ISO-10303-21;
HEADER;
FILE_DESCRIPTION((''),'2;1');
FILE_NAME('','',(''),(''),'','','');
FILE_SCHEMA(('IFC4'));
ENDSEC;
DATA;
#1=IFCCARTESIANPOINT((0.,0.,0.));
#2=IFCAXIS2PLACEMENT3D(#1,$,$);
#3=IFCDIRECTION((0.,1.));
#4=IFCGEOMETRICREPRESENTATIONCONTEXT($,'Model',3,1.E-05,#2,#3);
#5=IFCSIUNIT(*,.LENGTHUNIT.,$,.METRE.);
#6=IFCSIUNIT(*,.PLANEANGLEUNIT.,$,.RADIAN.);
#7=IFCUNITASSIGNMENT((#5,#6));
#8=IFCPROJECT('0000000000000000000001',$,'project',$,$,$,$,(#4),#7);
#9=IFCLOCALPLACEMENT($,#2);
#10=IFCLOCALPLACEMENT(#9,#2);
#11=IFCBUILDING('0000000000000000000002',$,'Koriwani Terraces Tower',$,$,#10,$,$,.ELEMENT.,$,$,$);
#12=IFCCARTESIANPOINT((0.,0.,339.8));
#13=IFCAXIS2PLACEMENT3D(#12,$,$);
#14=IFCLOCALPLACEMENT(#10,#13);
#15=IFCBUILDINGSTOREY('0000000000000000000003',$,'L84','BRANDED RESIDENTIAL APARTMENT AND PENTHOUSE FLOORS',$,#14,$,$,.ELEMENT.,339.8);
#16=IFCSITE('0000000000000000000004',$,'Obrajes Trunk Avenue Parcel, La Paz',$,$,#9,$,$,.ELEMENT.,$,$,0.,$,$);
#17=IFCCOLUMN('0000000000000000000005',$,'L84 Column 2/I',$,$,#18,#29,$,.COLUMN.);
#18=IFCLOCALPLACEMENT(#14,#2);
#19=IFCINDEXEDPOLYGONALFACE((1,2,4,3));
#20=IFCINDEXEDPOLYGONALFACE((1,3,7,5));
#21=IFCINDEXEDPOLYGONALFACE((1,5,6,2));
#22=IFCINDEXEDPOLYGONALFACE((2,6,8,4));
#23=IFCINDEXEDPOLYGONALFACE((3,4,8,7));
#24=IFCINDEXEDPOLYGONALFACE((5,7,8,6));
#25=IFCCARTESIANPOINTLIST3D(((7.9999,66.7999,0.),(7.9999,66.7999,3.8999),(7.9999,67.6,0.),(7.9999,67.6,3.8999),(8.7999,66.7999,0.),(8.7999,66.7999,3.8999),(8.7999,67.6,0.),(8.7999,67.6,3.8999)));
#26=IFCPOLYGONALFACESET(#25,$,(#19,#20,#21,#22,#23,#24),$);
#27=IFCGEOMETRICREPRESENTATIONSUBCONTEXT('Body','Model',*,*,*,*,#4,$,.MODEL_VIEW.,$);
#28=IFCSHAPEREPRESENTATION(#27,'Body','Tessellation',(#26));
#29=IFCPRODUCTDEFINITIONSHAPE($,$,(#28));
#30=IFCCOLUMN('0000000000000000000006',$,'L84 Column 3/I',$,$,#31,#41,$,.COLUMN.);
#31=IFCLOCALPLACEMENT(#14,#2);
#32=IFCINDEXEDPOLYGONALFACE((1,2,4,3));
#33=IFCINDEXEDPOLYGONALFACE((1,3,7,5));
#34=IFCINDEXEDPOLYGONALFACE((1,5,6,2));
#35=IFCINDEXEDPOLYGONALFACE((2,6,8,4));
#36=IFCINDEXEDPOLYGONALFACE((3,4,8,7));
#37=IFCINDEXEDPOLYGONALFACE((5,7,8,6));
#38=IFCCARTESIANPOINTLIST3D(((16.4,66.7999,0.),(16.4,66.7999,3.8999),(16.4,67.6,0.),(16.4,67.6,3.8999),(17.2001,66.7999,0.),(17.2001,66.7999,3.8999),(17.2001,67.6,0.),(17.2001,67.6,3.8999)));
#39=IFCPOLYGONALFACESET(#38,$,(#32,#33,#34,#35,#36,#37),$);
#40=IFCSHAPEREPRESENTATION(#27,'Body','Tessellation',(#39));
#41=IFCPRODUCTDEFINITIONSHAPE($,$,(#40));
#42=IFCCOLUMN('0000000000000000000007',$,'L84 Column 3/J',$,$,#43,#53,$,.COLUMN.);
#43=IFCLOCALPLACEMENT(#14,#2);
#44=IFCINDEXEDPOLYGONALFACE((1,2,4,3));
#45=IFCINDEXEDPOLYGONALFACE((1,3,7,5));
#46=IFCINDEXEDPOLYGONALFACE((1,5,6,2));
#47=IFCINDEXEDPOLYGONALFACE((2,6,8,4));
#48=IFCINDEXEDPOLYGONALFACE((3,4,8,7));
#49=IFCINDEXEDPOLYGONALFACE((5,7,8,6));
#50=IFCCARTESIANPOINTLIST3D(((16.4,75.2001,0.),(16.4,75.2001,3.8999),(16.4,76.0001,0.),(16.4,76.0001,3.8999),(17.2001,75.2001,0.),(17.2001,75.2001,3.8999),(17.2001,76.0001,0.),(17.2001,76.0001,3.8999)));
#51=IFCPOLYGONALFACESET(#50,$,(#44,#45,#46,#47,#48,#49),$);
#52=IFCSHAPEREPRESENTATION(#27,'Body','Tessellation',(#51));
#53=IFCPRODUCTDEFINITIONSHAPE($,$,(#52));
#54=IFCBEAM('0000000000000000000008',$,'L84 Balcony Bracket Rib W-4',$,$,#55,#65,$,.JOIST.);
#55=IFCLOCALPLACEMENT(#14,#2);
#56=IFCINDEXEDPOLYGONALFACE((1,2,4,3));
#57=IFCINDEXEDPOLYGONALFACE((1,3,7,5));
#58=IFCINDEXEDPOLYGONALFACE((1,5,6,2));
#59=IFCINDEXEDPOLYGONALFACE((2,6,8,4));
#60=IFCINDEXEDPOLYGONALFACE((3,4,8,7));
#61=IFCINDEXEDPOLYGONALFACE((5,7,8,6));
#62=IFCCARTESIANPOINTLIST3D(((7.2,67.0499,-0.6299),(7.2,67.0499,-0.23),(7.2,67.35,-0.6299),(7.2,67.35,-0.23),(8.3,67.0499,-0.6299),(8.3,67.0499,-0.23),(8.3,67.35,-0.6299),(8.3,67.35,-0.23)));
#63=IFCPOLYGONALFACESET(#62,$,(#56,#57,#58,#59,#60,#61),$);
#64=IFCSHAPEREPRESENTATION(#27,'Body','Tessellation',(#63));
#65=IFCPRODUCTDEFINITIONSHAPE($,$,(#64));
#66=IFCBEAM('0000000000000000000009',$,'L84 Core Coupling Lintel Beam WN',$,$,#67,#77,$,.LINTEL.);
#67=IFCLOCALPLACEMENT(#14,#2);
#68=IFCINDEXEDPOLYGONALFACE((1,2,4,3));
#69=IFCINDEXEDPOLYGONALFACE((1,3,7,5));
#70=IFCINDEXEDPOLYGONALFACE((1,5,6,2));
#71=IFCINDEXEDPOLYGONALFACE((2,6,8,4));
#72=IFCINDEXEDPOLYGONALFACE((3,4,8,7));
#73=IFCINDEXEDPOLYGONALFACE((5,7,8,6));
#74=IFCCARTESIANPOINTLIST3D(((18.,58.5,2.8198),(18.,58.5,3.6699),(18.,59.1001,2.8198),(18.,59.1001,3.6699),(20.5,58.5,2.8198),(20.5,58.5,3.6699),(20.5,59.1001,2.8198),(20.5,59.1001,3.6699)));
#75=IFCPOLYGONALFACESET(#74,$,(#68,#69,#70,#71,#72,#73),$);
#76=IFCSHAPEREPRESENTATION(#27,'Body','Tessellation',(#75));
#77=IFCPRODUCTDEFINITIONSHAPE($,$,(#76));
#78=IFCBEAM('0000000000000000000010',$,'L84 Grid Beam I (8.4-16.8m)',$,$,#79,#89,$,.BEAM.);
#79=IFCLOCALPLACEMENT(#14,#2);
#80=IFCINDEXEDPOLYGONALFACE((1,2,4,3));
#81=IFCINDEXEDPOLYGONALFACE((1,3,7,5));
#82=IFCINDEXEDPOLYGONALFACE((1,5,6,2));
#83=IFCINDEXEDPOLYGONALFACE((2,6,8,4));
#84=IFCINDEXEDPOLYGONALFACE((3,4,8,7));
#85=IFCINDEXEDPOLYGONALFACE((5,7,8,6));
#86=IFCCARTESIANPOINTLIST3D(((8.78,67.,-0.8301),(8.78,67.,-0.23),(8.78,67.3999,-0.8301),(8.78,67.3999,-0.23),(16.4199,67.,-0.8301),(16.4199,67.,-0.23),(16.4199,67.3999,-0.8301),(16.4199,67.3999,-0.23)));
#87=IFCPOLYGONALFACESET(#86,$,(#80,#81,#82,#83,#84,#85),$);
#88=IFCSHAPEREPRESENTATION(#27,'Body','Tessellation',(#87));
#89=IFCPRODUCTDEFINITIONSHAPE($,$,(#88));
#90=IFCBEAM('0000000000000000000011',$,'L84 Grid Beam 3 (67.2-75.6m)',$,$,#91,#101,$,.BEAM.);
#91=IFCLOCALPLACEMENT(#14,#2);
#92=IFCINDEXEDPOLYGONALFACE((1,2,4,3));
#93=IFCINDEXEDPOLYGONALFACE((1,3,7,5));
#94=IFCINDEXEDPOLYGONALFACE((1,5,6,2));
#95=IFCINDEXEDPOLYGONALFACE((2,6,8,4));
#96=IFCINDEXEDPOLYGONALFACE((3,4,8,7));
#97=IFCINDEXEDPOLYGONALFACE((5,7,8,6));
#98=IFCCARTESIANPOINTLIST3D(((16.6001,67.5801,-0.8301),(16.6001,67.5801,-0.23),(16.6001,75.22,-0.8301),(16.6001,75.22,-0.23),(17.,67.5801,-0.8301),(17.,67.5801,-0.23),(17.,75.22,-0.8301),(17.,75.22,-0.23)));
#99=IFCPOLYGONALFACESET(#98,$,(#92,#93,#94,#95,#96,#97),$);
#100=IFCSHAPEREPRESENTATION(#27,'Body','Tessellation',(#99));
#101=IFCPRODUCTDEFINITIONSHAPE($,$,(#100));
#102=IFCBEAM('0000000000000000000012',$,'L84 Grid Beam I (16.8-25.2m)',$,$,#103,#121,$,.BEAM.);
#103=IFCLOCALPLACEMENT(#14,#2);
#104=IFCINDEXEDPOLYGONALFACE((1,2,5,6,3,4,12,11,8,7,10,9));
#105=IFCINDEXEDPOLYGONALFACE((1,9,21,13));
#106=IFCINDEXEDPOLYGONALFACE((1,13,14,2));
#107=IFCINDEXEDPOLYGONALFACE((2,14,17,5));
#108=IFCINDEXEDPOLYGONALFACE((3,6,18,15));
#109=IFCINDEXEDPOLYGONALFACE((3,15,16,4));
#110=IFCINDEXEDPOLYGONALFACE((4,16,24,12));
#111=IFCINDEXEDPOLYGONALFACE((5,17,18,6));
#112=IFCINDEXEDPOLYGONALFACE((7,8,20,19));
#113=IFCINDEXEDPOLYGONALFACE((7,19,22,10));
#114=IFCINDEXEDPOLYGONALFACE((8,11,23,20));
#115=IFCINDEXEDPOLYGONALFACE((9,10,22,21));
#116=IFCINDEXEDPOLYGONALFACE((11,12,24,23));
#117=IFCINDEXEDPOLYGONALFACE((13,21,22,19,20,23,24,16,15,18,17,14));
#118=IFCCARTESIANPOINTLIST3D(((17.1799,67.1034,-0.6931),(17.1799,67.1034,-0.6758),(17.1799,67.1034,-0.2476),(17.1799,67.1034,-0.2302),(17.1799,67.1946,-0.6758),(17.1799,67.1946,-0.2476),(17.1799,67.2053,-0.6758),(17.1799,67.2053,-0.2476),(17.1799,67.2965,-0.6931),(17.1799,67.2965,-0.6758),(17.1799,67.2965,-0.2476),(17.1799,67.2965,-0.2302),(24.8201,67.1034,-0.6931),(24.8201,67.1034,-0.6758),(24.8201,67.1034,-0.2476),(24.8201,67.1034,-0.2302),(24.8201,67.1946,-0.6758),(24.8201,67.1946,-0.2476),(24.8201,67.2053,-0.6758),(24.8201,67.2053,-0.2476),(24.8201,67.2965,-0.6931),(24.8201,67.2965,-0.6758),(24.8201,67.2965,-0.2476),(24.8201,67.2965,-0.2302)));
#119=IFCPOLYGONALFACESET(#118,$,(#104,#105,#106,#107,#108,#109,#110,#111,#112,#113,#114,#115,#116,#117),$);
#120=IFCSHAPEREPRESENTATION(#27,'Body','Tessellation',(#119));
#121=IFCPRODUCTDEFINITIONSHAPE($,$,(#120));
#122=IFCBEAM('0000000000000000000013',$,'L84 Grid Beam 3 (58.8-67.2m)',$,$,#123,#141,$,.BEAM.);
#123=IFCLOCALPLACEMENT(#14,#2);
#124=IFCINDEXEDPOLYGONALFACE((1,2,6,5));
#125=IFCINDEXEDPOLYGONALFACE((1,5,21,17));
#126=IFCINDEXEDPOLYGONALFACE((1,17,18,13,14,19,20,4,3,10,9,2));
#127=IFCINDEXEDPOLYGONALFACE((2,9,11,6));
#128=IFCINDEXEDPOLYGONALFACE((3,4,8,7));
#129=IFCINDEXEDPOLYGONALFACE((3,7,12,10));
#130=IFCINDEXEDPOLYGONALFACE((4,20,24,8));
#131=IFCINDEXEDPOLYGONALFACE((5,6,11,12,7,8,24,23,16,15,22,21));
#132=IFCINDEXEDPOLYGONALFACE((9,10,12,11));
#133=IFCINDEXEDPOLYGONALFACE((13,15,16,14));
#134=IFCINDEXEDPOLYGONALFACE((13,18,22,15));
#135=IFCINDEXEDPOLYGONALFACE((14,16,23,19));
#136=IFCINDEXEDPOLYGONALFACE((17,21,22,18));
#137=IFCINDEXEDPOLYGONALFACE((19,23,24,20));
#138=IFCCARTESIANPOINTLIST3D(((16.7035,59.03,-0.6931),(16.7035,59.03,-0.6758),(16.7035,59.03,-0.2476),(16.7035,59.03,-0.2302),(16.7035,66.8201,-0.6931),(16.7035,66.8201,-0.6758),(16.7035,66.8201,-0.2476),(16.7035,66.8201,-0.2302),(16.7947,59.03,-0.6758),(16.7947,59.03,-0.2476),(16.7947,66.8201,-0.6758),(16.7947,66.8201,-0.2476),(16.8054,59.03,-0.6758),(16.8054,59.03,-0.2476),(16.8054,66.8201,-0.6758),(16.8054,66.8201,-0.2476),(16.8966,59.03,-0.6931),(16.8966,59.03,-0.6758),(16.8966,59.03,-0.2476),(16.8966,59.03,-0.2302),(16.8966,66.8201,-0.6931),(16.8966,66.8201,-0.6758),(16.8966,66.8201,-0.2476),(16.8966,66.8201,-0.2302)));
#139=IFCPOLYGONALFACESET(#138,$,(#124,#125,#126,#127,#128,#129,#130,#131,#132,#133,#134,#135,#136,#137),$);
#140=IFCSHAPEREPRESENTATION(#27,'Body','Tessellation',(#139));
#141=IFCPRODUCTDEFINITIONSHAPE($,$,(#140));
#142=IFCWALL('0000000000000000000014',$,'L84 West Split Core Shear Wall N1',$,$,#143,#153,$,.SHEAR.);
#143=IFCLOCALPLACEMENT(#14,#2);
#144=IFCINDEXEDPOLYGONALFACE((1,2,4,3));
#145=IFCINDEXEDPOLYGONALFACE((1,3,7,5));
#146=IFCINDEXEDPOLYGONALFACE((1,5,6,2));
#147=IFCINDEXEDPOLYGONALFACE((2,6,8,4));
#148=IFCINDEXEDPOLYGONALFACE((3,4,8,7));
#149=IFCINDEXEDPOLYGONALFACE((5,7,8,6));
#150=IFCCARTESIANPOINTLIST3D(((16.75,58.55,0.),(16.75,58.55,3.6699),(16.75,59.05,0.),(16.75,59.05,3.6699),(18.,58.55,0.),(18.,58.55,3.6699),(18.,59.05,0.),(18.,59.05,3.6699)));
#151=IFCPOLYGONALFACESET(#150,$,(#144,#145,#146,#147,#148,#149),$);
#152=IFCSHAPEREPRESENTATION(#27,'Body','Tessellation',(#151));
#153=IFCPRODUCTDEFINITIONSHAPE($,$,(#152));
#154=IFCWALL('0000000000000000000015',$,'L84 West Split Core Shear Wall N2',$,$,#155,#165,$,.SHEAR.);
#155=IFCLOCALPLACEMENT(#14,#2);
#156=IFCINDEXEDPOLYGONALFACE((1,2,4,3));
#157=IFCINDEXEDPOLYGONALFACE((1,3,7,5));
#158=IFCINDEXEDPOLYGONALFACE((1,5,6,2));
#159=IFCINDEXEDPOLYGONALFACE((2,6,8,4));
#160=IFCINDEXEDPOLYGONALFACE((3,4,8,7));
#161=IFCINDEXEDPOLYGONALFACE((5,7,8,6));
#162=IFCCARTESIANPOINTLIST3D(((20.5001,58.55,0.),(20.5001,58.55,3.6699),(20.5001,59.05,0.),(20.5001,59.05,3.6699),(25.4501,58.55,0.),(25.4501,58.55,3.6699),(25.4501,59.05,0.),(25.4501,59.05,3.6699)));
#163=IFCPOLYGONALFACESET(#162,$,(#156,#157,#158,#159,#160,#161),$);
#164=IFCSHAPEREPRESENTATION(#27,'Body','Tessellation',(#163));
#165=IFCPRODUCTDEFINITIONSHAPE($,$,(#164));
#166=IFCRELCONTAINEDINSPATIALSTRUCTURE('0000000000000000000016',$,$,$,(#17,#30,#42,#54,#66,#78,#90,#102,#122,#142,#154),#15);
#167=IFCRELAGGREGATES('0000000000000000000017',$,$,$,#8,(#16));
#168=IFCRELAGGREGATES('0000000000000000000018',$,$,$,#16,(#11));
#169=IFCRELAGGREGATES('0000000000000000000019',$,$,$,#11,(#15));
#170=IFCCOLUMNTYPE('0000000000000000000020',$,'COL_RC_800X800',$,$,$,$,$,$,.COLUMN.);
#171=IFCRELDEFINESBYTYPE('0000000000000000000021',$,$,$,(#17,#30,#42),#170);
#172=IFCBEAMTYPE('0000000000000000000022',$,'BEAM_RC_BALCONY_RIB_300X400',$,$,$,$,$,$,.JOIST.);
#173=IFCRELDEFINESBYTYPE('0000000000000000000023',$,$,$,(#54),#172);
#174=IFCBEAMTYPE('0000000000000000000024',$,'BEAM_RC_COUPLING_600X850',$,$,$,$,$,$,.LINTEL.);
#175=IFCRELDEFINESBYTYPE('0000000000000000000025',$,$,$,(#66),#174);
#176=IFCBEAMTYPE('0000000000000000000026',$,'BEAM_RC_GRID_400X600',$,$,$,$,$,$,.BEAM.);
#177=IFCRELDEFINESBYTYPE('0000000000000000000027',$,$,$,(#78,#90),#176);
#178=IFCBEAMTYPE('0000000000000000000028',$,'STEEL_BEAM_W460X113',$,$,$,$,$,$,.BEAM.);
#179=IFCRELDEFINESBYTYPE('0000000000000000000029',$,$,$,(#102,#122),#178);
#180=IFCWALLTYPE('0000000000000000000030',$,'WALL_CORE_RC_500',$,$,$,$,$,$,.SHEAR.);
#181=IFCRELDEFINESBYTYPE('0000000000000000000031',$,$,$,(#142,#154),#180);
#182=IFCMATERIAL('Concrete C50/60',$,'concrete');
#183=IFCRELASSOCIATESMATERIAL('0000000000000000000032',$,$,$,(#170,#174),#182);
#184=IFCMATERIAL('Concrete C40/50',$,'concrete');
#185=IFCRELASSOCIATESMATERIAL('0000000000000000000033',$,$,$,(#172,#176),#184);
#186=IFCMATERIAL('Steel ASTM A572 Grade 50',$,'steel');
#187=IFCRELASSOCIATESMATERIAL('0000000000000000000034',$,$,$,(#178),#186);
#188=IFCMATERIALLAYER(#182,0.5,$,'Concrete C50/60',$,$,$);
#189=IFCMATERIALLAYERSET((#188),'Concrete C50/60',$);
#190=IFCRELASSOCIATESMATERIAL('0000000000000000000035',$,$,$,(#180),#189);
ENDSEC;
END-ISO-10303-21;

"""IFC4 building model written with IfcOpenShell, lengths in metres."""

from ifc_helpers import new_model, si_unit, direction, frame, frame_2d, origin, origin_2d, place, context, subcontext, project, spatial, rectangle, i_section, extrude, material, layer, layer_set, material_profile, profile_set, type_object, element, save


model = new_model("IFC4")

# Units and contexts
model_context = context("Model", 3, precision=1e-05, world=origin(), true_north=direction((0.0, 1.0)))
body_context = subcontext(model_context, "Body", "Model", "MODEL_VIEW")
ifc_project = project(units=[si_unit("LENGTHUNIT", "METRE"), si_unit("PLANEANGLEUNIT", "RADIAN")], contexts=[model_context])

# Site, building, storey
site_placement = place(None, origin())
site = spatial("IfcSite", under=ifc_project, at=site_placement, Name="Obrajes Trunk Avenue Parcel, La Paz", CompositionType="ELEMENT", RefElevation=0.0)
building_placement = place(site_placement, origin())
building = spatial("IfcBuilding", under=site, at=building_placement, Name="Koriwani Terraces Tower", CompositionType="ELEMENT")
storey_placement = place(building_placement, frame((0.0, 0.0, 339.8)))
storey = spatial("IfcBuildingStorey", under=building, at=storey_placement, Name="L84", Description="BRANDED RESIDENTIAL APARTMENT AND PENTHOUSE FLOORS", CompositionType="ELEMENT", Elevation=339.8)

# Columns
ifc_material_1 = material(Name="Concrete C50/60", Category="concrete")
ifc_material_profile_1 = material_profile(ifc_material_1, rectangle(XDim=0.8, YDim=0.8, at=origin_2d()), Name="Concrete C50/60", Category="LoadBearing")
ifc_profile_set_1 = profile_set([ifc_material_profile_1], Name="Concrete C50/60")
column_type = type_object("IfcColumnType", Name="COL_RC_800X800", PredefinedType="COLUMN", material=ifc_profile_set_1)
for number, where, z_axis, x_axis, name in (
    (1, (8.3999, 67.2, 0.0), (0.0, 0.0, 1.0), (1.0, 0.0, 0.0), "L84 Column 2/I"),
    (2, (16.8, 67.2, 0.0), (0.0, 0.0, 1.0), (1.0, 0.0, 0.0), "L84 Column 3/I"),
    (3, (16.8, 75.6001, 0.0), (0.0, 0.0, 1.0), (1.0, 0.0, 0.0), "L84 Column 3/J"),
):
    element("IfcColumn", number, at=place(storey_placement, frame(where, z_axis=z_axis, x_axis=x_axis)), inside=storey, type_object=column_type, Name=name, PredefinedType="COLUMN", context=body_context, shape_type="SweptSolid", body=[
        extrude(rectangle(XDim=0.8, YDim=0.8, at=origin_2d()), origin(), (0.0, 0.0, 1.0), 3.8999),
    ])

# Beams
ifc_material_2 = material(Name="Concrete C40/50", Category="concrete")
ifc_material_profile_2 = material_profile(ifc_material_2, rectangle(XDim=0.3, YDim=0.3999, at=origin_2d()), Name="Concrete C40/50", Category="LoadBearing")
ifc_profile_set_2 = profile_set([ifc_material_profile_2], Name="Concrete C40/50")
beam_type_1 = type_object("IfcBeamType", Name="BEAM_RC_BALCONY_RIB_300X400", PredefinedType="JOIST", material=ifc_profile_set_2)
beam_1_placement = place(storey_placement, frame((7.2, 67.2, -0.4299), z_axis=(1.0, 0.0, 0.0), x_axis=(0.0, 1.0, 0.0)))
element("IfcBeam", 4, at=beam_1_placement, inside=storey, type_object=beam_type_1, Name="L84 Balcony Bracket Rib W-4", PredefinedType="JOIST", context=body_context, shape_type="SweptSolid", body=[
    extrude(rectangle(XDim=0.3, YDim=0.3999, at=origin_2d()), origin(), (0.0, 0.0, 1.0), 1.1001),
])
ifc_material_profile_3 = material_profile(ifc_material_1, rectangle(XDim=0.6001, YDim=0.8501, at=origin_2d()), Name="Concrete C50/60", Category="LoadBearing")
ifc_profile_set_3 = profile_set([ifc_material_profile_3], Name="Concrete C50/60")
beam_type_2 = type_object("IfcBeamType", Name="BEAM_RC_COUPLING_600X850", PredefinedType="LINTEL", material=ifc_profile_set_3)
beam_2_placement = place(storey_placement, frame((18.0, 58.8, 3.2449), z_axis=(1.0, 0.0, 0.0), x_axis=(0.0, 1.0, 0.0)))
element("IfcBeam", 5, at=beam_2_placement, inside=storey, type_object=beam_type_2, Name="L84 Core Coupling Lintel Beam WN", PredefinedType="LINTEL", context=body_context, shape_type="SweptSolid", body=[
    extrude(rectangle(XDim=0.6001, YDim=0.8501, at=origin_2d()), origin(), (0.0, 0.0, 1.0), 2.5),
])
ifc_material_profile_4 = material_profile(ifc_material_2, rectangle(XDim=0.3999, YDim=0.6001, at=origin_2d()), Name="Concrete C40/50", Category="LoadBearing")
ifc_profile_set_4 = profile_set([ifc_material_profile_4], Name="Concrete C40/50")
beam_type_3 = type_object("IfcBeamType", Name="BEAM_RC_GRID_400X600", PredefinedType="BEAM", material=ifc_profile_set_4)
for number, where, z_axis, x_axis, name in (
    (6, (8.78, 67.2, -0.53), (1.0, 0.0, 0.0), (0.0, 1.0, 0.0), "L84 Grid Beam I (8.4-16.8m)"),
    (7, (16.8, 67.5801, -0.53), (0.0, 1.0, 0.0), (-1.0, 0.0, 0.0), "L84 Grid Beam 3 (67.2-75.6m)"),
):
    element("IfcBeam", number, at=place(storey_placement, frame(where, z_axis=z_axis, x_axis=x_axis)), inside=storey, type_object=beam_type_3, Name=name, PredefinedType="BEAM", context=body_context, shape_type="SweptSolid", body=[
        extrude(rectangle(XDim=0.3999, YDim=0.6001, at=origin_2d()), origin(), (0.0, 0.0, 1.0), 7.6399),
    ])
ifc_material_3 = material(Name="Steel ASTM A572 Grade 50", Category="steel")
ifc_material_profile_5 = material_profile(ifc_material_3, i_section(OverallWidth=0.1931, OverallDepth=0.4629, WebThickness=0.0107, FlangeThickness=0.0173, at=origin_2d()), Name="Steel ASTM A572 Grade 50", Category="LoadBearing")
ifc_profile_set_5 = profile_set([ifc_material_profile_5], Name="Steel ASTM A572 Grade 50")
beam_type_4 = type_object("IfcBeamType", Name="STEEL_BEAM_W460X113", PredefinedType="BEAM", material=ifc_profile_set_5)
beam_3_placement = place(storey_placement, frame((17.1799, 67.2, -0.4617), z_axis=(1.0, 0.0, 0.0), x_axis=(0.0, 1.0, 0.0)))
element("IfcBeam", 8, at=beam_3_placement, inside=storey, type_object=beam_type_4, Name="L84 Grid Beam I (16.8-25.2m)", PredefinedType="BEAM", context=body_context, shape_type="SweptSolid", body=[
    extrude(i_section(OverallWidth=0.1931, OverallDepth=0.4629, WebThickness=0.0107, FlangeThickness=0.0173, at=origin_2d()), origin(), (0.0, 0.0, 1.0), 7.6401),
])
beam_4_placement = place(storey_placement, frame((16.8, 59.03, -0.4617), z_axis=(0.0, 1.0, 0.0), x_axis=(-1.0, 0.0, 0.0)))
element("IfcBeam", 9, at=beam_4_placement, inside=storey, type_object=beam_type_4, Name="L84 Grid Beam 3 (58.8-67.2m)", PredefinedType="BEAM", context=body_context, shape_type="SweptSolid", body=[
    extrude(i_section(OverallWidth=0.1931, OverallDepth=0.4629, WebThickness=0.0107, FlangeThickness=0.0173, at=origin_2d()), origin(), (0.0, 0.0, 1.0), 7.79),
])

# Walls
ifc_layer_1 = layer(ifc_material_1, 0.5, Name="Concrete C50/60")
ifc_layer_set_1 = layer_set([ifc_layer_1], Name="Concrete C50/60")
wall_type_1 = type_object("IfcWallType", Name="WALL_CORE_RC_500", PredefinedType="SHEAR", material=ifc_layer_set_1)
wall_1_placement = place(storey_placement, frame((16.75, 58.8, 0.0), z_axis=(0.0, 0.0, 1.0), x_axis=(1.0, 0.0, 0.0)))
element("IfcWall", 10, at=wall_1_placement, inside=storey, type_object=wall_type_1, Name="L84 West Split Core Shear Wall N1", PredefinedType="SHEAR", context=body_context, shape_type="SweptSolid", body=[
    extrude(rectangle(XDim=1.25, YDim=0.5, at=frame_2d((0.625, 0.0))), origin(), (0.0, 0.0, 1.0), 3.6699),
])
wall_2_placement = place(storey_placement, frame((20.5, 58.8, 0.0), z_axis=(0.0, 0.0, 1.0), x_axis=(1.0, 0.0, 0.0)))
element("IfcWall", 11, at=wall_2_placement, inside=storey, type_object=wall_type_1, Name="L84 West Split Core Shear Wall N2", PredefinedType="SHEAR", context=body_context, shape_type="SweptSolid", body=[
    extrude(rectangle(XDim=4.95, YDim=0.5, at=frame_2d((2.4751, 0.0))), origin(), (0.0, 0.0, 1.0), 3.6699),
])

save(model, "model.ifc")
